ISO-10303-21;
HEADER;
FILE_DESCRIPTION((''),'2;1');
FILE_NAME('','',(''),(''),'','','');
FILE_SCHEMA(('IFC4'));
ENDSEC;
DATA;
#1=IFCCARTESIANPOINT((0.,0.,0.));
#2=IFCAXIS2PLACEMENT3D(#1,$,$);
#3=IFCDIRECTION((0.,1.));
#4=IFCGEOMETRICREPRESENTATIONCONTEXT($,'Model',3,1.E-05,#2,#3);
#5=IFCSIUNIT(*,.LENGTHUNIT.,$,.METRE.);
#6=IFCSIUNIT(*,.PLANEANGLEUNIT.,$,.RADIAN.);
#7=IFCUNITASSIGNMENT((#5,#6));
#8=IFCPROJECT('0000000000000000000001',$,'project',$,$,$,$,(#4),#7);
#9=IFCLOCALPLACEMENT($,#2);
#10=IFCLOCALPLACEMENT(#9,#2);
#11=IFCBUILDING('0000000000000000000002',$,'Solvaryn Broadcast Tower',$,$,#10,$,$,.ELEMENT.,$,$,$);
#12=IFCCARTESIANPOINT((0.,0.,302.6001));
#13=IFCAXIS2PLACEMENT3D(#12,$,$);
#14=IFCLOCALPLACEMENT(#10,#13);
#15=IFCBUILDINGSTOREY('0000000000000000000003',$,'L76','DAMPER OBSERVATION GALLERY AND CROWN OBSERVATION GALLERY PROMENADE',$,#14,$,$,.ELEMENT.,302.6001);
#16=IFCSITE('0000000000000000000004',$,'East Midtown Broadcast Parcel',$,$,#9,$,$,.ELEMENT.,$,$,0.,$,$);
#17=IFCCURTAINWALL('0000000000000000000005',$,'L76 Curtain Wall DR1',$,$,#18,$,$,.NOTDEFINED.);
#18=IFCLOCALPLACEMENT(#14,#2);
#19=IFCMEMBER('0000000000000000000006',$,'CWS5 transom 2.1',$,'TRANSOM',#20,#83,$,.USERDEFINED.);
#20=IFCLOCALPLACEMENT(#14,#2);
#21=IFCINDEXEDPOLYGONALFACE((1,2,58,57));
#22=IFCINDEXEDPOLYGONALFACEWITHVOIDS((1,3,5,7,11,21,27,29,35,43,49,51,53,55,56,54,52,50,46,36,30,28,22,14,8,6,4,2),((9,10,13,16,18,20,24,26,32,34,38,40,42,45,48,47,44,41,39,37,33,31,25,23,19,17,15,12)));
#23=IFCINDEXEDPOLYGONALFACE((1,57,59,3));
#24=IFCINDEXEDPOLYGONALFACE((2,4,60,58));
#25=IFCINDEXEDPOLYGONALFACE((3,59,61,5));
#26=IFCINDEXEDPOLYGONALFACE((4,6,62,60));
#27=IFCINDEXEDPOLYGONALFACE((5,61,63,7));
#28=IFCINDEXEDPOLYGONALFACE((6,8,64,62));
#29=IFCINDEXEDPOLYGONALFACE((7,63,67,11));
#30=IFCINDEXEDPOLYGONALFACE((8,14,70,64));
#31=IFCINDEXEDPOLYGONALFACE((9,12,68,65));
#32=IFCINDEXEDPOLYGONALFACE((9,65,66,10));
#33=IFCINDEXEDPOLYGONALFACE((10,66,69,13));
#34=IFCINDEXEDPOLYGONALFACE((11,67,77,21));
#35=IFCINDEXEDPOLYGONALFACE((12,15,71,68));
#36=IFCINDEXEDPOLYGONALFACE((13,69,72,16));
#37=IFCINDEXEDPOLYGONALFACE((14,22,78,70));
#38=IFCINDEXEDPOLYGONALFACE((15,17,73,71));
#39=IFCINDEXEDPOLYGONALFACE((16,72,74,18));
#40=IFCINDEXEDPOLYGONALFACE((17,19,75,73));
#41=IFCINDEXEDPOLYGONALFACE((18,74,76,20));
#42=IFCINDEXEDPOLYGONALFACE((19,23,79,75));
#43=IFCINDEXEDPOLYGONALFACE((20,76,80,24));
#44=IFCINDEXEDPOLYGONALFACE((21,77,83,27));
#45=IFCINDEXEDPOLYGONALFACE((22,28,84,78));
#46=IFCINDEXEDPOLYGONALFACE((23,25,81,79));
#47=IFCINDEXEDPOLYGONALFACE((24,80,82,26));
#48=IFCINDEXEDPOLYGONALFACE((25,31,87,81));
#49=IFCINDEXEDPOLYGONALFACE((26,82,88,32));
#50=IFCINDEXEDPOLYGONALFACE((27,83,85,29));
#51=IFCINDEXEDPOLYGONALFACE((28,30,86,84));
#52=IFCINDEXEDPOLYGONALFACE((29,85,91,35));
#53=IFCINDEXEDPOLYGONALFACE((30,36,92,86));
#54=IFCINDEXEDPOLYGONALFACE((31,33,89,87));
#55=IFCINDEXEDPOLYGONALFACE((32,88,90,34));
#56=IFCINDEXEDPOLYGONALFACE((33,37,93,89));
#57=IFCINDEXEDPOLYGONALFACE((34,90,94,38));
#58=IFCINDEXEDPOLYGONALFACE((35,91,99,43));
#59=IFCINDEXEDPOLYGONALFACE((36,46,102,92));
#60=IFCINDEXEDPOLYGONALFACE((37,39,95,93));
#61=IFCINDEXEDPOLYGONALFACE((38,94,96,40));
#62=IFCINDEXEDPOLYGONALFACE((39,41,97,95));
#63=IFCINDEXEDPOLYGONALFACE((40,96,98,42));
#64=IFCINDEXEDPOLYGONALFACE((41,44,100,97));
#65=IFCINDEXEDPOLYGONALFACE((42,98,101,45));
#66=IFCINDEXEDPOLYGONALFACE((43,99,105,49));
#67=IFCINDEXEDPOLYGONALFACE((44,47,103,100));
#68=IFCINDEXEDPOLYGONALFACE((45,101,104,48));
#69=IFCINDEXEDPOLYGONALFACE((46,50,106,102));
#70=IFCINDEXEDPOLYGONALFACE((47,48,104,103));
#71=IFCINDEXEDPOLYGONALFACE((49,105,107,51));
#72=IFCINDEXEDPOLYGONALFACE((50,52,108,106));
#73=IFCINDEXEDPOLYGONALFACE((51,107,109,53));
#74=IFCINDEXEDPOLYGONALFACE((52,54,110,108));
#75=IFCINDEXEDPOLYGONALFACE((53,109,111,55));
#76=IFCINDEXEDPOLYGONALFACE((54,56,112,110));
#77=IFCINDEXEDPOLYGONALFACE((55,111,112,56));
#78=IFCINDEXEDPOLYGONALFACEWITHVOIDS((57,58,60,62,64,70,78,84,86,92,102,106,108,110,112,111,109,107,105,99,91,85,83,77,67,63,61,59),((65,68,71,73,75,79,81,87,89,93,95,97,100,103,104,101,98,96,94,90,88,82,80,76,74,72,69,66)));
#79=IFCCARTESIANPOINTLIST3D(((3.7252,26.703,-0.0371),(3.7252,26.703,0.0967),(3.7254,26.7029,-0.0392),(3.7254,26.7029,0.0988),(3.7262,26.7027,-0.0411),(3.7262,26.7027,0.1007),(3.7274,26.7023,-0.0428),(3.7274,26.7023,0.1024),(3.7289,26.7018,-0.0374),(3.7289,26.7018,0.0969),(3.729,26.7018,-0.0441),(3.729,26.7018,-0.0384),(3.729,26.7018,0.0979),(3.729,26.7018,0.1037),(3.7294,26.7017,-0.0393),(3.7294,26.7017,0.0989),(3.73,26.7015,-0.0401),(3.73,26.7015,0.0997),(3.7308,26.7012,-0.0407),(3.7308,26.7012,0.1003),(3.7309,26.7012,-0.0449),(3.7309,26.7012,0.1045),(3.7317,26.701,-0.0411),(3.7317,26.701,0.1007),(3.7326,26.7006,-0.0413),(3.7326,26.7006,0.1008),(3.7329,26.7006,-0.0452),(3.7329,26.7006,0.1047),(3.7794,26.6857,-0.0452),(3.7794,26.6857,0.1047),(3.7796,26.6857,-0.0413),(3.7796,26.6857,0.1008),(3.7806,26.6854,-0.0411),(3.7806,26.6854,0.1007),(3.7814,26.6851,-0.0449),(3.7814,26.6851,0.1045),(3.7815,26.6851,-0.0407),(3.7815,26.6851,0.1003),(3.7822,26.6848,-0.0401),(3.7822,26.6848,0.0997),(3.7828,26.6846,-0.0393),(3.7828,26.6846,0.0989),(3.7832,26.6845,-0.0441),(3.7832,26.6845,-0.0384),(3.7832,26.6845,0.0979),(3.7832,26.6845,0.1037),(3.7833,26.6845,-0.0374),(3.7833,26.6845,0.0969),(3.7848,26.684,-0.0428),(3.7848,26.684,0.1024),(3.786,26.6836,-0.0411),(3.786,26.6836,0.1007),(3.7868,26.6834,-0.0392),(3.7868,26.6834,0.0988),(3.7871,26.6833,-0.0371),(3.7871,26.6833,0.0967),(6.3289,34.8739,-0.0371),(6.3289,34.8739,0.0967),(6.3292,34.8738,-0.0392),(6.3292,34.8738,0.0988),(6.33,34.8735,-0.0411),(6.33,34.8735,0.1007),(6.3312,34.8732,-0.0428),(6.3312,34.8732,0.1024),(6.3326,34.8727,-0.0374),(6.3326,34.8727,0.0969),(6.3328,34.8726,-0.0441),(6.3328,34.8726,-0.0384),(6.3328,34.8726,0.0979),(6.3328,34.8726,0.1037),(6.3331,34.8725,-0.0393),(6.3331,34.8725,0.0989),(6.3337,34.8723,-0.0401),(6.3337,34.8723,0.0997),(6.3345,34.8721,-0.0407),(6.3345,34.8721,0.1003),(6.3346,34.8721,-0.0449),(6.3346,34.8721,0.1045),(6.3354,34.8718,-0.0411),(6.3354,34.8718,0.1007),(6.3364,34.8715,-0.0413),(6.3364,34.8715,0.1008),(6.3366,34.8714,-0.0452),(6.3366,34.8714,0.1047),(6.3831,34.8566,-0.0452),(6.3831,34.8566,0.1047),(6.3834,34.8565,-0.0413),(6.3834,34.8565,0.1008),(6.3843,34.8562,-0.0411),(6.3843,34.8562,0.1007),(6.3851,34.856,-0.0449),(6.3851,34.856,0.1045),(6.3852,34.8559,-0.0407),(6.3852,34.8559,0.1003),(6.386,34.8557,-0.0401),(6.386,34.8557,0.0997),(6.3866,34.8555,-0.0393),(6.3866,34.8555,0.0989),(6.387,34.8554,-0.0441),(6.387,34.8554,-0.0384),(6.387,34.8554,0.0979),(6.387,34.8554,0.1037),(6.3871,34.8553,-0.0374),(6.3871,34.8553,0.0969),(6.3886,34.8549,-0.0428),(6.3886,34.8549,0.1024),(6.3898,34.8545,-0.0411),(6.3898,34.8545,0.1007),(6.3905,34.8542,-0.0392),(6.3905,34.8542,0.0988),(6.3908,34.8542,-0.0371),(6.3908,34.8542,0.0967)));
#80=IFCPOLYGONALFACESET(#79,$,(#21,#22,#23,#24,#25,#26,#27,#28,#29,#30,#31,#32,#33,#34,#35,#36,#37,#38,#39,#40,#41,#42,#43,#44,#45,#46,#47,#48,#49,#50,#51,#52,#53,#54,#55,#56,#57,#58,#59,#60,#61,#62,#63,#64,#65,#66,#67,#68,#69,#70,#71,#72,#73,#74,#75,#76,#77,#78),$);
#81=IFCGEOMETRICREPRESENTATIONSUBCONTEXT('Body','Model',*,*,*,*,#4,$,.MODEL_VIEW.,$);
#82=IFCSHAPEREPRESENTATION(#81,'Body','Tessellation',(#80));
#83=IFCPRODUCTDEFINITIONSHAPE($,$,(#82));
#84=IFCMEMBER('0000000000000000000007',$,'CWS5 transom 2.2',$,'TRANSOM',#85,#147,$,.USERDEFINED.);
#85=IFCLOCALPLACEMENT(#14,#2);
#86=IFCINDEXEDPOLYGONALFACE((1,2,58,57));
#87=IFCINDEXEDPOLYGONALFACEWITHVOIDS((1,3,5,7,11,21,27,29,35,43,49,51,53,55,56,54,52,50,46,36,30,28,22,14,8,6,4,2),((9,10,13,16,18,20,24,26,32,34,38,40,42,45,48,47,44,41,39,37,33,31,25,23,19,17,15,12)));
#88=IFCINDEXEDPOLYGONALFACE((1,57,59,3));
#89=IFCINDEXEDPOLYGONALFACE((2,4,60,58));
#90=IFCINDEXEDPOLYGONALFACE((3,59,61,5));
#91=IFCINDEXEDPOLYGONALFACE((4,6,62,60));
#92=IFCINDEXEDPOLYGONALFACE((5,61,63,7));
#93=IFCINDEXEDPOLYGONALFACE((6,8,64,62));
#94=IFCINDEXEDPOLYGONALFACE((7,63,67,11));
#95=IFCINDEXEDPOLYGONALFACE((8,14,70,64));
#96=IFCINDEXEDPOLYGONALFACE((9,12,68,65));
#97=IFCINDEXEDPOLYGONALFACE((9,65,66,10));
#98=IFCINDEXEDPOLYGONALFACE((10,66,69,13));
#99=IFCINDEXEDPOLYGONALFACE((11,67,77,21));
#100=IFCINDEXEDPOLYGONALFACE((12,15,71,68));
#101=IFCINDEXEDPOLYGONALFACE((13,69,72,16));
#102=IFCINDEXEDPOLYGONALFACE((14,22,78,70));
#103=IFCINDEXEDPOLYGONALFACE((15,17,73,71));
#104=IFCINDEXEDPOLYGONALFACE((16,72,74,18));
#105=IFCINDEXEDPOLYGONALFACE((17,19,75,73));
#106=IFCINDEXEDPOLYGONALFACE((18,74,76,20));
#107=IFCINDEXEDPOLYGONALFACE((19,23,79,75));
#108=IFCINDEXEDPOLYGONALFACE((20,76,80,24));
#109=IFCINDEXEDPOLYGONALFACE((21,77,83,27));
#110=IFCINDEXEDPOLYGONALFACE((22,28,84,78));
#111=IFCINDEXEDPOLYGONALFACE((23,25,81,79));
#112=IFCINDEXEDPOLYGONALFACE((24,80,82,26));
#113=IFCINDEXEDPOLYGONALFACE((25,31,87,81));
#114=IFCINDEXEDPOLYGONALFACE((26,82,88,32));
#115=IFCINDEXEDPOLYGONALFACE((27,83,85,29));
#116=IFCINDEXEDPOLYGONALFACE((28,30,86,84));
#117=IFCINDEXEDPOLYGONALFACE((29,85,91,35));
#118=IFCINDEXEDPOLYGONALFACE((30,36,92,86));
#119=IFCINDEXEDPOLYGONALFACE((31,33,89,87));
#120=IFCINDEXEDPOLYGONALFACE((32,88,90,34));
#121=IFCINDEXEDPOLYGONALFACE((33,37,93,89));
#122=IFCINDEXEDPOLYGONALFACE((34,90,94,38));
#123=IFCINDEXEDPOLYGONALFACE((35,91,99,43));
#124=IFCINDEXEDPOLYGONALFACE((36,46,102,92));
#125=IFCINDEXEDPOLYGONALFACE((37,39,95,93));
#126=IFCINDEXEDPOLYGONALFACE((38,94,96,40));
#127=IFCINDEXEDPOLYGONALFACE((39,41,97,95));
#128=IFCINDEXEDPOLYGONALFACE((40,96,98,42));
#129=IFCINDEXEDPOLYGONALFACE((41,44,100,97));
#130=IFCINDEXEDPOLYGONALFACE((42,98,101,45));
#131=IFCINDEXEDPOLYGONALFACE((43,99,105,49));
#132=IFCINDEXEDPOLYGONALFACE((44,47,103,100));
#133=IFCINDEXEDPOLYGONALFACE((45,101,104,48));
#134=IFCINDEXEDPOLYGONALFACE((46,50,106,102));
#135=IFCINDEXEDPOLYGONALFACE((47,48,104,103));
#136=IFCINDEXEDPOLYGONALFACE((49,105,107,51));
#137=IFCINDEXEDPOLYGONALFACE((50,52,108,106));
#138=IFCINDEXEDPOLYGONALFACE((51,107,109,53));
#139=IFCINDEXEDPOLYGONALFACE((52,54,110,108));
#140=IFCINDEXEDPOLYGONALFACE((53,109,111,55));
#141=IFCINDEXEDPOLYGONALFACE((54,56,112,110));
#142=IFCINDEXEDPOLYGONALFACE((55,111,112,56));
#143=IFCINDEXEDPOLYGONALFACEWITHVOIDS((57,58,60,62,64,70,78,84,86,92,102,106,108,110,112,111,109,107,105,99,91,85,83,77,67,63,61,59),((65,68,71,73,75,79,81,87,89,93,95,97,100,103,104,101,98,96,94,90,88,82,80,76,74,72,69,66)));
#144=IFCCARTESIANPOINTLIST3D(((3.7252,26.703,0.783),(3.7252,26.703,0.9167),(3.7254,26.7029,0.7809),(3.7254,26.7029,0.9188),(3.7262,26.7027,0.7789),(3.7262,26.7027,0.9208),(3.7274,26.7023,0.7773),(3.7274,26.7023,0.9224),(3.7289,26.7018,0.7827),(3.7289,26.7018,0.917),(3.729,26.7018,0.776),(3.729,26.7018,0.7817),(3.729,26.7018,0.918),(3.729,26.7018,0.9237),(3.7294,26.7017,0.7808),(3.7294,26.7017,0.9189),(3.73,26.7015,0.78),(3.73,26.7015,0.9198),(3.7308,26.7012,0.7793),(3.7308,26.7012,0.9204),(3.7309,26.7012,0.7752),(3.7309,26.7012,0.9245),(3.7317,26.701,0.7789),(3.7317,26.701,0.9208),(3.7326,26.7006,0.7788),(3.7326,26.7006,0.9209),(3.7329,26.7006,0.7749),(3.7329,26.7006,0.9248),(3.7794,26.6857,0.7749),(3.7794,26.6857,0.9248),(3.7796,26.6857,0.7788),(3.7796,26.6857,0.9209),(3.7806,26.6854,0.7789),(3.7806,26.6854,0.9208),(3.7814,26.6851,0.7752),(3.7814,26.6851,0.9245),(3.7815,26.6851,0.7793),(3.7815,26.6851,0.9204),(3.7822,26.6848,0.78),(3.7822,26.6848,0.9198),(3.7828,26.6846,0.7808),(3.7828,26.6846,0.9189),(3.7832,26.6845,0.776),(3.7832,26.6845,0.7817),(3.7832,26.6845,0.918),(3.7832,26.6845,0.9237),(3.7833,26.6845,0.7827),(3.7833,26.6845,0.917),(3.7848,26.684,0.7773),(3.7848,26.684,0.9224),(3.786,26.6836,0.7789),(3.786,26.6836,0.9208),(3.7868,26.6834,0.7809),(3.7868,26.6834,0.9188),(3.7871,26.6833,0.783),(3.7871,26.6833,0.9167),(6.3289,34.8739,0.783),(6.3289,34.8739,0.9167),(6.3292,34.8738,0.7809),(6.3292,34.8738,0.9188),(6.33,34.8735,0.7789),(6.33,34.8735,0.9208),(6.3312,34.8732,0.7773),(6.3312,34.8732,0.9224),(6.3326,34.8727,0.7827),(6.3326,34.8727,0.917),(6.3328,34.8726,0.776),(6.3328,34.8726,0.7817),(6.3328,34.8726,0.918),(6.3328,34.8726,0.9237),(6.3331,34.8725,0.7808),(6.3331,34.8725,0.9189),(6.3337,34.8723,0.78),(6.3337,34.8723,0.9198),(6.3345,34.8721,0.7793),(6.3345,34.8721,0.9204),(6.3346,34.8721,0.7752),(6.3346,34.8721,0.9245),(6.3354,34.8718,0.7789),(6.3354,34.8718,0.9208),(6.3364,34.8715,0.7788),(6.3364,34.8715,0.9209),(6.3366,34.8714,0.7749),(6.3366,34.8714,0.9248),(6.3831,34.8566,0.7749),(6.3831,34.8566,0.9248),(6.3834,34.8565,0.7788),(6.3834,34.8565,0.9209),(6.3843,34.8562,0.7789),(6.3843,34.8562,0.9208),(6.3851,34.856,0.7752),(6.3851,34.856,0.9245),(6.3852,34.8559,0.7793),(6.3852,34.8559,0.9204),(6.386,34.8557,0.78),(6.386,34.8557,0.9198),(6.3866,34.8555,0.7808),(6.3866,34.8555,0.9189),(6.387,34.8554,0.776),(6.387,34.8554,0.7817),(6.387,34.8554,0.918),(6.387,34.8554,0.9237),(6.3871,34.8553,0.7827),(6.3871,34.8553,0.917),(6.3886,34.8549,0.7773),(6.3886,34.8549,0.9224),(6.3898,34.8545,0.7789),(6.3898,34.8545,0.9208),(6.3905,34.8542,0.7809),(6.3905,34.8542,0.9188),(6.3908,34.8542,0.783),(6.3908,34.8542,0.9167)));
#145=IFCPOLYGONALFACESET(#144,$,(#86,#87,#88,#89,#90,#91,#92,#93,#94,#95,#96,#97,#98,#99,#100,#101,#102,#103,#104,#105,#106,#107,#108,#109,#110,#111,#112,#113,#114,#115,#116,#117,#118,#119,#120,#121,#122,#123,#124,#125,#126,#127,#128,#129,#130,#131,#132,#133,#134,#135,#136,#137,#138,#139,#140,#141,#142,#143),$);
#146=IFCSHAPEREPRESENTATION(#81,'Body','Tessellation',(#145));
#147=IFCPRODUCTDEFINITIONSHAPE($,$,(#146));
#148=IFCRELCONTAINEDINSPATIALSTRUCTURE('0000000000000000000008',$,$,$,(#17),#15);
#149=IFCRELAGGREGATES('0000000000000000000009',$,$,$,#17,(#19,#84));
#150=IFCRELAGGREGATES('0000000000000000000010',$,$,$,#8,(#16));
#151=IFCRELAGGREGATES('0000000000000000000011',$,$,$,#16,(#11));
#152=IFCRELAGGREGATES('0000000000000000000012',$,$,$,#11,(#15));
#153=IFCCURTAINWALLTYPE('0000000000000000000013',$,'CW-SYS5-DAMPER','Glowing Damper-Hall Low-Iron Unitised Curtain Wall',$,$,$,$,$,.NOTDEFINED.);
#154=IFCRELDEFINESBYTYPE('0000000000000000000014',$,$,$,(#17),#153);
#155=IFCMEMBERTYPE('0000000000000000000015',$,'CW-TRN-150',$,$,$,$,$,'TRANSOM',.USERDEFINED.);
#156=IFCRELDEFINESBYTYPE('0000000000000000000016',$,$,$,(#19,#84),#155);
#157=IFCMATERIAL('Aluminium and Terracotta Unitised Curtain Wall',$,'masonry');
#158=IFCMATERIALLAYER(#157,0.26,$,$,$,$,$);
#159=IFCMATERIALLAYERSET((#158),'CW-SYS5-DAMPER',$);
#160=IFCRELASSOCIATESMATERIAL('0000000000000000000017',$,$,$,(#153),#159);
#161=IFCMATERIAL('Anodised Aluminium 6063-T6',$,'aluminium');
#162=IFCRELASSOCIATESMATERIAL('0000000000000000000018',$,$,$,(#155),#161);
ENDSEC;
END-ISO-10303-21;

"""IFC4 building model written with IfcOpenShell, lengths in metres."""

from ifc_helpers import new_model, si_unit, direction, frame, origin, origin_2d, place, context, subcontext, project, spatial, hollow_rectangle, extrude, material, layer, layer_set, material_profile, profile_set, type_object, element, aggregate, save


model = new_model("IFC4")

# Units and contexts
model_context = context("Model", 3, precision=1e-05, world=origin(), true_north=direction((0.0, 1.0)))
body_context = subcontext(model_context, "Body", "Model", "MODEL_VIEW")
ifc_project = project(units=[si_unit("LENGTHUNIT", "METRE"), si_unit("PLANEANGLEUNIT", "RADIAN")], contexts=[model_context])

# Site, building, storey
site_placement = place(None, origin())
site = spatial("IfcSite", under=ifc_project, at=site_placement, Name="East Midtown Broadcast Parcel", CompositionType="ELEMENT", RefElevation=0.0)
building_placement = place(site_placement, origin())
building = spatial("IfcBuilding", under=site, at=building_placement, Name="Solvaryn Broadcast Tower", CompositionType="ELEMENT")
storey_placement = place(building_placement, frame((0.0, 0.0, 302.6001)))
storey = spatial("IfcBuildingStorey", under=building, at=storey_placement, Name="L76", Description="DAMPER OBSERVATION GALLERY AND CROWN OBSERVATION GALLERY PROMENADE", CompositionType="ELEMENT", Elevation=302.6001)

# Curtain wall
ifc_material_1 = material(Name="Aluminium and Terracotta Unitised Curtain Wall", Category="masonry")
ifc_layer_1 = layer(ifc_material_1, 0.26)
ifc_layer_set_1 = layer_set([ifc_layer_1], Name="CW-SYS5-DAMPER")
curtain_wall_type = type_object("IfcCurtainWallType", Name="CW-SYS5-DAMPER", Description="Glowing Damper-Hall Low-Iron Unitised Curtain Wall", PredefinedType="NOTDEFINED", material=ifc_layer_set_1)
curtain_wall_1_placement = place(storey_placement, origin())
curtain_wall_1 = element("IfcCurtainWall", 1, at=curtain_wall_1_placement, inside=storey, type_object=curtain_wall_type, Name="L76 Curtain Wall DR1", PredefinedType="NOTDEFINED")

# Members
ifc_material_2 = material(Name="Anodised Aluminium 6063-T6", Category="aluminium")
ifc_material_profile_1 = material_profile(ifc_material_2, hollow_rectangle(XDim=0.0649, YDim=0.1499, WallThickness=0.0039, InnerFilletRadius=0.0039, OuterFilletRadius=0.0081, at=origin_2d()))
ifc_profile_set_1 = profile_set([ifc_material_profile_1], Name="Anodised Aluminium 6063-T6")
member_type_1 = type_object("IfcMemberType", Name="CW-TRN-150", ElementType="TRANSOM", PredefinedType="USERDEFINED", material=ifc_profile_set_1)
member_1_placement = place(storey_placement, frame((6.3599, 34.864, 0.0298), z_axis=(-0.30362, -0.952793, 0.0), x_axis=(0.952793, -0.30362, 0.0)))
member_1 = element("IfcMember", 2, at=member_1_placement, type_object=member_type_1, Name="CWS5 transom 2.1", ObjectType="TRANSOM", PredefinedType="USERDEFINED", context=body_context, shape_type="SweptSolid", body=[
    extrude(hollow_rectangle(XDim=0.0649, YDim=0.1499, WallThickness=0.0039, InnerFilletRadius=0.0039, OuterFilletRadius=0.0081, at=origin_2d()), origin(), (0.0, 0.0, 1.0), 8.5757),
])
member_2_placement = place(storey_placement, frame((6.3599, 34.864, 0.8499), z_axis=(-0.30362, -0.952793, 0.0), x_axis=(0.952793, -0.30362, 0.0)))
member_2 = element("IfcMember", 3, at=member_2_placement, type_object=member_type_1, Name="CWS5 transom 2.2", ObjectType="TRANSOM", PredefinedType="USERDEFINED", context=body_context, shape_type="SweptSolid", body=[
    extrude(hollow_rectangle(XDim=0.0649, YDim=0.1499, WallThickness=0.0039, InnerFilletRadius=0.0039, OuterFilletRadius=0.0081, at=origin_2d()), origin(), (0.0, 0.0, 1.0), 8.5757),
])

aggregate(curtain_wall_1, [member_1, member_2])

save(model, "model.ifc")
